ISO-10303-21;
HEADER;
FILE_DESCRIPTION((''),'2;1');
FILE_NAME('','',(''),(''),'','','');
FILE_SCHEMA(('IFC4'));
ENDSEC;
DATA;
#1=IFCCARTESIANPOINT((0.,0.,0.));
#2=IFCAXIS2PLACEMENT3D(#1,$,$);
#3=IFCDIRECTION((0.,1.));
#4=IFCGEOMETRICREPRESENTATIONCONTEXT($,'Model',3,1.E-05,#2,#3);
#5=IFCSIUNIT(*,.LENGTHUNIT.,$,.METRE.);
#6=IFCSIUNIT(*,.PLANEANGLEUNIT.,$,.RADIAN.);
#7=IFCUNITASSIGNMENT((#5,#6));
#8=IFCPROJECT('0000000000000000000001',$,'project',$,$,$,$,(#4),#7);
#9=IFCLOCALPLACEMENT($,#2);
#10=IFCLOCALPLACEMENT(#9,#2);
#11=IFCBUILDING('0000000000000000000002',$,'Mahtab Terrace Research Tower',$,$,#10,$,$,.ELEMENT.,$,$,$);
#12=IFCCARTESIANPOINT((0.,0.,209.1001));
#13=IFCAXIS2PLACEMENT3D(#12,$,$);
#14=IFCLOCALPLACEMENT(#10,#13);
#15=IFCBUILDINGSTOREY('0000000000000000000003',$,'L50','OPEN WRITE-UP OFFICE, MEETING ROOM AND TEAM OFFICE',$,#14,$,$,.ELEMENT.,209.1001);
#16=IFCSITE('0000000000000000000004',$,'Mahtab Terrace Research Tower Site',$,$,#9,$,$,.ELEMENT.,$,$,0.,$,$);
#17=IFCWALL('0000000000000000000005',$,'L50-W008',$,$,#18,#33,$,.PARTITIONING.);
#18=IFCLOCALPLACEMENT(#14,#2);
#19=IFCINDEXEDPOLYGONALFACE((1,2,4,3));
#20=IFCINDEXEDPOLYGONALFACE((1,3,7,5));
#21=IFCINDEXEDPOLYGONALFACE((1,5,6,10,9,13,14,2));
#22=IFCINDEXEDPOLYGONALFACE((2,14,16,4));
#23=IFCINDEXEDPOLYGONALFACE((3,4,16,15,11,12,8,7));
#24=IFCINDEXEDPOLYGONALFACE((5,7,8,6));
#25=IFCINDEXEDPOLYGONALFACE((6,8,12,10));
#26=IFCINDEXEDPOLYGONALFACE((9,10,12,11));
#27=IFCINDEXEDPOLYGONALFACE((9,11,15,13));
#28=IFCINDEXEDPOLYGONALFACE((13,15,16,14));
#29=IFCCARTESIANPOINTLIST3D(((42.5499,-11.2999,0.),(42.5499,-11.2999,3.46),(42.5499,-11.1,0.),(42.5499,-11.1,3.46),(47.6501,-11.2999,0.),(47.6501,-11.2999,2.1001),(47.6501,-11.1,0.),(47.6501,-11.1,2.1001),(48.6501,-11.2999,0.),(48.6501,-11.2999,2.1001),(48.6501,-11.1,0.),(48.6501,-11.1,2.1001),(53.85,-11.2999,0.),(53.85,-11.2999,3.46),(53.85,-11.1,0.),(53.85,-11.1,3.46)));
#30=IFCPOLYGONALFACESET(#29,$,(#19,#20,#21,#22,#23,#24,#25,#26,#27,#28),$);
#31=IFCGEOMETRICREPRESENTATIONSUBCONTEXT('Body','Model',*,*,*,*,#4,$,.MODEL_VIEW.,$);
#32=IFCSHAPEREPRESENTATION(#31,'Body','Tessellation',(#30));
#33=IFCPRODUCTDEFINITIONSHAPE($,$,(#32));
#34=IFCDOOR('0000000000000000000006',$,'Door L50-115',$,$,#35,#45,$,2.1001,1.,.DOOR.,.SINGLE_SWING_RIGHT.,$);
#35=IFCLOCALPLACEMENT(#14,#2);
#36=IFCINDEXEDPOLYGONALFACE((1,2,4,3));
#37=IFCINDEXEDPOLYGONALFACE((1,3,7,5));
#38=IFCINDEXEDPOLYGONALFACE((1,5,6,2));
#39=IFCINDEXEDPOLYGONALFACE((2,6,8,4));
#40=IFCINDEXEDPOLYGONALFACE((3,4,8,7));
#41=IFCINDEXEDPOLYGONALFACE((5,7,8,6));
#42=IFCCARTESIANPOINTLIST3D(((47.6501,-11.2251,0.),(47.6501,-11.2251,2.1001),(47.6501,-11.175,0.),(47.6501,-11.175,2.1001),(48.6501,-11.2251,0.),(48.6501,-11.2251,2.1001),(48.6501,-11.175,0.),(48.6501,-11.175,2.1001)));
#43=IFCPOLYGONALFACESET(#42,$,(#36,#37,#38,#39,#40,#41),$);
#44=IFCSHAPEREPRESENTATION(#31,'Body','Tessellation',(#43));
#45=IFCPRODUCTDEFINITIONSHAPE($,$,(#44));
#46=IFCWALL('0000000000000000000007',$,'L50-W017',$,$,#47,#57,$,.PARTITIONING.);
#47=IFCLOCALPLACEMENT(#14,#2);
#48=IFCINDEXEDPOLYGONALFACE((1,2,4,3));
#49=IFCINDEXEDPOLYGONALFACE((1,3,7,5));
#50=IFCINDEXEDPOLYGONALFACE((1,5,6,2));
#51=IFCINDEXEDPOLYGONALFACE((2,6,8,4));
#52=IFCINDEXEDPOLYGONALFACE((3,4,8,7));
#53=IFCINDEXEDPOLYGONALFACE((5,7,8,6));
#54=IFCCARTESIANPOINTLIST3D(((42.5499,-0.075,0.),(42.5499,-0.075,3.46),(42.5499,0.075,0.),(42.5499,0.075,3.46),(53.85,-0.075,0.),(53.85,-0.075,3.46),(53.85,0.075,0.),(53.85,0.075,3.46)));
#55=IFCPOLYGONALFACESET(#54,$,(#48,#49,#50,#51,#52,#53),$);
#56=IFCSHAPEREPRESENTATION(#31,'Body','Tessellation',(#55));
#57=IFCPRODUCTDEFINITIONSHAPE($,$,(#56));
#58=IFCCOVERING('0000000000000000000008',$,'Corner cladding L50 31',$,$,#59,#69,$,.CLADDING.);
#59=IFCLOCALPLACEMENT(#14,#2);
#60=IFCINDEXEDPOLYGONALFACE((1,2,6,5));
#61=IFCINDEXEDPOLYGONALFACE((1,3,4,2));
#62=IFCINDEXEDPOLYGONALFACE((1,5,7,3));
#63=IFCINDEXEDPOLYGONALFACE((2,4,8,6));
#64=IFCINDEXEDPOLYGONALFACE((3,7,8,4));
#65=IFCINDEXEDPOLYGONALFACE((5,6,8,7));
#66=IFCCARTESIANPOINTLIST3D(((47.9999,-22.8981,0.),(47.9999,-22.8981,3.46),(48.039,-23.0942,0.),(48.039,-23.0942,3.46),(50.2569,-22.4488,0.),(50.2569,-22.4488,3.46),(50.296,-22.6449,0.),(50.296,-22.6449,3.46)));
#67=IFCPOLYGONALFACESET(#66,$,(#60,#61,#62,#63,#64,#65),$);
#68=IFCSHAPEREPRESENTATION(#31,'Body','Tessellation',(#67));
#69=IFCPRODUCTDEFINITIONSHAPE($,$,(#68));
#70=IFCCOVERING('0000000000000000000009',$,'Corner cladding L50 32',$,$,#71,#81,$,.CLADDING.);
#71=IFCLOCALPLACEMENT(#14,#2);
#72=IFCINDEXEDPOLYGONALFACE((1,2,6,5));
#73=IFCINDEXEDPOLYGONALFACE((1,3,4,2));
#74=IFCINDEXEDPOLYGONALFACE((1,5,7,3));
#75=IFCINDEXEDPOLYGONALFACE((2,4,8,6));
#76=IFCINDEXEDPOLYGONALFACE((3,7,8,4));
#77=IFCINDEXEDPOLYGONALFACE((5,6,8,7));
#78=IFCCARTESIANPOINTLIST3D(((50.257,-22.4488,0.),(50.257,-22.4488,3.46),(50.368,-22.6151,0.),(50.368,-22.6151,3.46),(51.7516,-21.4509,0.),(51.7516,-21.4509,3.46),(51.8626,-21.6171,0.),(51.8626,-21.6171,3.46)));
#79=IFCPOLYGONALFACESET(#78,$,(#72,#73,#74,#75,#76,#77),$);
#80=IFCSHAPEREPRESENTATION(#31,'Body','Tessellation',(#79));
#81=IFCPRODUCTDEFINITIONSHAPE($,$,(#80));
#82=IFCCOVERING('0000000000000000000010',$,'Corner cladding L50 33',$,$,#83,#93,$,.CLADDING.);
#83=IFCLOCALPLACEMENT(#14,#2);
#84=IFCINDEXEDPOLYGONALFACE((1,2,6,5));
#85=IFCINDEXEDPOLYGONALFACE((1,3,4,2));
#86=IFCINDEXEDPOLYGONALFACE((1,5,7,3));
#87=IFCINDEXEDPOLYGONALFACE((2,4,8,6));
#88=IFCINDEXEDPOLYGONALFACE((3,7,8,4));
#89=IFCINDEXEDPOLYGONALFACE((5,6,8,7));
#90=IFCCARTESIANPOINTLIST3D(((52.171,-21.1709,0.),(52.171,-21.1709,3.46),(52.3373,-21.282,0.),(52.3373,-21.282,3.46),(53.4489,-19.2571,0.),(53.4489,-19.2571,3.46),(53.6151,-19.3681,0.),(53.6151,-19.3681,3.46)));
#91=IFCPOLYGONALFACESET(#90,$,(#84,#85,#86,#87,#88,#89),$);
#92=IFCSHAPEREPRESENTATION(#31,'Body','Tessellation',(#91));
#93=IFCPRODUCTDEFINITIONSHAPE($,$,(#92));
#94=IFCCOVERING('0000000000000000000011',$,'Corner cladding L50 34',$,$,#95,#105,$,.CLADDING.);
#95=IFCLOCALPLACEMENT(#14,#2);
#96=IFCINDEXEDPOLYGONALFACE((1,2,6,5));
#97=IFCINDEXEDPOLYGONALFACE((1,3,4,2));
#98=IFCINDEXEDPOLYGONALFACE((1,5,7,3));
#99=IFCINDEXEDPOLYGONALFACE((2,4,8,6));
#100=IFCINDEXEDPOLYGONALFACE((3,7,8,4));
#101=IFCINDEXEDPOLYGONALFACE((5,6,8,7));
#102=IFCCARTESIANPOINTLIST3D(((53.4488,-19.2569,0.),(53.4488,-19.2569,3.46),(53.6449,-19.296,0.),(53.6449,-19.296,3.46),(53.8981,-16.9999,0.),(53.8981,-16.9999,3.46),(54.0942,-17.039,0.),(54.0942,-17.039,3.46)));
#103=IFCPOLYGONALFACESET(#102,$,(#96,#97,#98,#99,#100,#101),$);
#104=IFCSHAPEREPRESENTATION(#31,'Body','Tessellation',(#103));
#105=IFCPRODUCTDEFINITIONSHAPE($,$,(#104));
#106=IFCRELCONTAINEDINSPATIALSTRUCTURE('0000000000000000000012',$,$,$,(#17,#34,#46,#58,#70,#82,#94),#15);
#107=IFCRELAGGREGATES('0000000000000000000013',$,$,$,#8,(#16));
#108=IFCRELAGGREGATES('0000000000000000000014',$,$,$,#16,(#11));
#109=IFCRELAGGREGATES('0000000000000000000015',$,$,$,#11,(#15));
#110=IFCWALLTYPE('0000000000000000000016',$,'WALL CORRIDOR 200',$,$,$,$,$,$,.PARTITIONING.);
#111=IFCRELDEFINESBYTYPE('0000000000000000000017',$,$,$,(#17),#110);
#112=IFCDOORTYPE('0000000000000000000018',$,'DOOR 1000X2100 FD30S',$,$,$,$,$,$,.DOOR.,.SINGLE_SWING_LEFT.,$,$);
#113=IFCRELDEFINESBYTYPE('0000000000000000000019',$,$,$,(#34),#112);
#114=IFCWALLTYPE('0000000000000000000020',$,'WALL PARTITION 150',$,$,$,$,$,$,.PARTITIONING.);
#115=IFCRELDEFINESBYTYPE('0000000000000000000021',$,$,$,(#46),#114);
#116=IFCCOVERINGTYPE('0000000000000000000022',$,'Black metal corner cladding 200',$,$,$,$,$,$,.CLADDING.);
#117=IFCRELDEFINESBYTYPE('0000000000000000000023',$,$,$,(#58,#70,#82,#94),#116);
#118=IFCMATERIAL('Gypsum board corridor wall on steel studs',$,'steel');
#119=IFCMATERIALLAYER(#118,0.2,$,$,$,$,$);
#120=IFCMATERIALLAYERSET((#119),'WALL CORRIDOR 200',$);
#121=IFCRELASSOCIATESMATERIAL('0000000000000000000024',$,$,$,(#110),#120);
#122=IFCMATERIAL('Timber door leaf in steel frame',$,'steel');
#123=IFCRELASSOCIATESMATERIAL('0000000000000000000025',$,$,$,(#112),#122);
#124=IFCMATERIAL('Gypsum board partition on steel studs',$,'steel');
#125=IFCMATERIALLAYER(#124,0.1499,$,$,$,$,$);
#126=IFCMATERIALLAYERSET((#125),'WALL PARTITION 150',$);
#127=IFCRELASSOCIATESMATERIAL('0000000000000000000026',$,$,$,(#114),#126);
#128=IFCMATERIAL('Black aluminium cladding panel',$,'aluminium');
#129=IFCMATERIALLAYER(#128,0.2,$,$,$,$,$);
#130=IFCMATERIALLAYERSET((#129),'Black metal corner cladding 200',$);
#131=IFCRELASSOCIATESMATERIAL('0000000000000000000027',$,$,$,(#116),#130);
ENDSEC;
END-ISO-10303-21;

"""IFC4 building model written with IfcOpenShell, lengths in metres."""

from ifc_helpers import new_model, si_unit, direction, frame, frame_2d, origin, origin_2d, place, context, subcontext, project, spatial, rectangle, extrude, material, layer, layer_set, type_object, element, fill, save


model = new_model("IFC4")

# Units and contexts
model_context = context("Model", 3, precision=1e-05, world=origin(), true_north=direction((0.0, 1.0)))
body_context = subcontext(model_context, "Body", "Model", "MODEL_VIEW")
ifc_project = project(units=[si_unit("LENGTHUNIT", "METRE"), si_unit("PLANEANGLEUNIT", "RADIAN")], contexts=[model_context])

# Site, building, storey
site_placement = place(None, origin())
site = spatial("IfcSite", under=ifc_project, at=site_placement, Name="Mahtab Terrace Research Tower Site", CompositionType="ELEMENT", RefElevation=0.0)
building_placement = place(site_placement, origin())
building = spatial("IfcBuilding", under=site, at=building_placement, Name="Mahtab Terrace Research Tower", CompositionType="ELEMENT")
storey_placement = place(building_placement, frame((0.0, 0.0, 209.1001)))
storey = spatial("IfcBuildingStorey", under=building, at=storey_placement, Name="L50", Description="OPEN WRITE-UP OFFICE, MEETING ROOM AND TEAM OFFICE", CompositionType="ELEMENT", Elevation=209.1001)

# Shared definitions
ifc_material_1 = material(Name="Black aluminium cladding panel", Category="aluminium")

# Wall, opening, door
ifc_material_2 = material(Name="Gypsum board corridor wall on steel studs", Category="steel")
ifc_layer_1 = layer(ifc_material_2, 0.2)
ifc_layer_set_1 = layer_set([ifc_layer_1], Name="WALL CORRIDOR 200")
wall_type_1 = type_object("IfcWallType", Name="WALL CORRIDOR 200", PredefinedType="PARTITIONING", material=ifc_layer_set_1)
wall_1_placement = place(storey_placement, frame((42.55, -11.2, 0.0), z_axis=(0.0, 0.0, 1.0), x_axis=(1.0, 0.0, 0.0)))
wall_1 = element("IfcWall", 1, at=wall_1_placement, inside=storey, type_object=wall_type_1, Name="L50-W008", PredefinedType="PARTITIONING", context=body_context, shape_type="SweptSolid", body=[
    extrude(rectangle(XDim=11.3, YDim=0.2, at=frame_2d((5.6499, 0.0))), origin(), (0.0, 0.0, 1.0), 3.46),
])
opening_placement = place(wall_1_placement, frame((5.1001, 0.0, 0.0)))
opening = element("IfcOpeningElement", 2, at=opening_placement, cuts=wall_1, PredefinedType="OPENING", context=body_context, shape_type="SweptSolid", body=[
    extrude(rectangle(XDim=1.0, YDim=2.1001, at=frame_2d((0.5, 1.05))), frame((0.0, 0.1099, 0.0), z_axis=(0.0, -1.0, 0.0), x_axis=(1.0, 0.0, 0.0)), (0.0, 0.0, 1.0), 0.22),
])
ifc_material_3 = material(Name="Timber door leaf in steel frame", Category="steel")
door_type = type_object("IfcDoorType", Name="DOOR 1000X2100 FD30S", OperationType="SINGLE_SWING_LEFT", PredefinedType="DOOR", material=ifc_material_3)
door_placement = place(opening_placement, origin())
door = element("IfcDoor", 3, at=door_placement, inside=storey, type_object=door_type, Name="Door L50-115", OperationType="SINGLE_SWING_RIGHT", OverallHeight=2.1001, OverallWidth=1.0, PredefinedType="DOOR", context=body_context, shape_type="SweptSolid", body=[
    extrude(rectangle(XDim=1.0, YDim=2.1001, at=frame_2d((0.5, 1.05))), frame((0.0, 0.0249, 0.0), z_axis=(0.0, -1.0, 0.0), x_axis=(1.0, 0.0, 0.0)), (0.0, 0.0, 1.0), 0.05),
])
fill(opening, door)

# Wall
ifc_material_4 = material(Name="Gypsum board partition on steel studs", Category="steel")
ifc_layer_2 = layer(ifc_material_4, 0.1499)
ifc_layer_set_2 = layer_set([ifc_layer_2], Name="WALL PARTITION 150")
wall_type_2 = type_object("IfcWallType", Name="WALL PARTITION 150", PredefinedType="PARTITIONING", material=ifc_layer_set_2)
wall_2_placement = place(storey_placement, frame((42.55, 0.0, 0.0), z_axis=(0.0, 0.0, 1.0), x_axis=(1.0, 0.0, 0.0)))
element("IfcWall", 4, at=wall_2_placement, inside=storey, type_object=wall_type_2, Name="L50-W017", PredefinedType="PARTITIONING", context=body_context, shape_type="SweptSolid", body=[
    extrude(rectangle(XDim=11.3, YDim=0.1499, at=frame_2d((5.6499, 0.0))), origin(), (0.0, 0.0, 1.0), 3.46),
])

# Coverings
ifc_layer_3 = layer(ifc_material_1, 0.2)
ifc_layer_set_3 = layer_set([ifc_layer_3], Name="Black metal corner cladding 200")
covering_type = type_object("IfcCoveringType", Name="Black metal corner cladding 200", PredefinedType="CLADDING", material=ifc_layer_set_3)
covering_1_placement = place(storey_placement, frame((49.1479, -22.7715, 0.0), z_axis=(0.0, 0.0, 1.0), x_axis=(0.980761, 0.195212, 0.0)))
element("IfcCovering", 5, at=covering_1_placement, inside=storey, type_object=covering_type, Name="Corner cladding L50 31", PredefinedType="CLADDING", context=body_context, shape_type="SweptSolid", body=[
    extrude(rectangle(XDim=2.3013, YDim=0.2, at=origin_2d()), origin(), (0.0, 0.0, 1.0), 3.46),
])
covering_2_placement = place(storey_placement, frame((51.0598, -22.033, 0.0), z_axis=(0.0, 0.0, 1.0), x_axis=(0.831656, 0.555291, 0.0)))
element("IfcCovering", 6, at=covering_2_placement, inside=storey, type_object=covering_type, Name="Corner cladding L50 32", PredefinedType="CLADDING", context=body_context, shape_type="SweptSolid", body=[
    extrude(rectangle(XDim=1.7971, YDim=0.2, at=origin_2d()), origin(), (0.0, 0.0, 1.0), 3.46),
])
for number, where, z_axis, x_axis, name in (
    (7, (52.8931, -20.2695, 0.0), (0.0, 0.0, 1.0), (0.555291, 0.831656, 0.0), "Corner cladding L50 33"),
    (8, (53.7715, -18.1479, 0.0), (0.0, 0.0, 1.0), (0.195212, 0.980761, 0.0), "Corner cladding L50 34"),
):
    element("IfcCovering", number, at=place(storey_placement, frame(where, z_axis=z_axis, x_axis=x_axis)), inside=storey, type_object=covering_type, Name=name, PredefinedType="CLADDING", context=body_context, shape_type="SweptSolid", body=[
        extrude(rectangle(XDim=2.3013, YDim=0.2, at=origin_2d()), origin(), (0.0, 0.0, 1.0), 3.46),
    ])

save(model, "model.ifc")
